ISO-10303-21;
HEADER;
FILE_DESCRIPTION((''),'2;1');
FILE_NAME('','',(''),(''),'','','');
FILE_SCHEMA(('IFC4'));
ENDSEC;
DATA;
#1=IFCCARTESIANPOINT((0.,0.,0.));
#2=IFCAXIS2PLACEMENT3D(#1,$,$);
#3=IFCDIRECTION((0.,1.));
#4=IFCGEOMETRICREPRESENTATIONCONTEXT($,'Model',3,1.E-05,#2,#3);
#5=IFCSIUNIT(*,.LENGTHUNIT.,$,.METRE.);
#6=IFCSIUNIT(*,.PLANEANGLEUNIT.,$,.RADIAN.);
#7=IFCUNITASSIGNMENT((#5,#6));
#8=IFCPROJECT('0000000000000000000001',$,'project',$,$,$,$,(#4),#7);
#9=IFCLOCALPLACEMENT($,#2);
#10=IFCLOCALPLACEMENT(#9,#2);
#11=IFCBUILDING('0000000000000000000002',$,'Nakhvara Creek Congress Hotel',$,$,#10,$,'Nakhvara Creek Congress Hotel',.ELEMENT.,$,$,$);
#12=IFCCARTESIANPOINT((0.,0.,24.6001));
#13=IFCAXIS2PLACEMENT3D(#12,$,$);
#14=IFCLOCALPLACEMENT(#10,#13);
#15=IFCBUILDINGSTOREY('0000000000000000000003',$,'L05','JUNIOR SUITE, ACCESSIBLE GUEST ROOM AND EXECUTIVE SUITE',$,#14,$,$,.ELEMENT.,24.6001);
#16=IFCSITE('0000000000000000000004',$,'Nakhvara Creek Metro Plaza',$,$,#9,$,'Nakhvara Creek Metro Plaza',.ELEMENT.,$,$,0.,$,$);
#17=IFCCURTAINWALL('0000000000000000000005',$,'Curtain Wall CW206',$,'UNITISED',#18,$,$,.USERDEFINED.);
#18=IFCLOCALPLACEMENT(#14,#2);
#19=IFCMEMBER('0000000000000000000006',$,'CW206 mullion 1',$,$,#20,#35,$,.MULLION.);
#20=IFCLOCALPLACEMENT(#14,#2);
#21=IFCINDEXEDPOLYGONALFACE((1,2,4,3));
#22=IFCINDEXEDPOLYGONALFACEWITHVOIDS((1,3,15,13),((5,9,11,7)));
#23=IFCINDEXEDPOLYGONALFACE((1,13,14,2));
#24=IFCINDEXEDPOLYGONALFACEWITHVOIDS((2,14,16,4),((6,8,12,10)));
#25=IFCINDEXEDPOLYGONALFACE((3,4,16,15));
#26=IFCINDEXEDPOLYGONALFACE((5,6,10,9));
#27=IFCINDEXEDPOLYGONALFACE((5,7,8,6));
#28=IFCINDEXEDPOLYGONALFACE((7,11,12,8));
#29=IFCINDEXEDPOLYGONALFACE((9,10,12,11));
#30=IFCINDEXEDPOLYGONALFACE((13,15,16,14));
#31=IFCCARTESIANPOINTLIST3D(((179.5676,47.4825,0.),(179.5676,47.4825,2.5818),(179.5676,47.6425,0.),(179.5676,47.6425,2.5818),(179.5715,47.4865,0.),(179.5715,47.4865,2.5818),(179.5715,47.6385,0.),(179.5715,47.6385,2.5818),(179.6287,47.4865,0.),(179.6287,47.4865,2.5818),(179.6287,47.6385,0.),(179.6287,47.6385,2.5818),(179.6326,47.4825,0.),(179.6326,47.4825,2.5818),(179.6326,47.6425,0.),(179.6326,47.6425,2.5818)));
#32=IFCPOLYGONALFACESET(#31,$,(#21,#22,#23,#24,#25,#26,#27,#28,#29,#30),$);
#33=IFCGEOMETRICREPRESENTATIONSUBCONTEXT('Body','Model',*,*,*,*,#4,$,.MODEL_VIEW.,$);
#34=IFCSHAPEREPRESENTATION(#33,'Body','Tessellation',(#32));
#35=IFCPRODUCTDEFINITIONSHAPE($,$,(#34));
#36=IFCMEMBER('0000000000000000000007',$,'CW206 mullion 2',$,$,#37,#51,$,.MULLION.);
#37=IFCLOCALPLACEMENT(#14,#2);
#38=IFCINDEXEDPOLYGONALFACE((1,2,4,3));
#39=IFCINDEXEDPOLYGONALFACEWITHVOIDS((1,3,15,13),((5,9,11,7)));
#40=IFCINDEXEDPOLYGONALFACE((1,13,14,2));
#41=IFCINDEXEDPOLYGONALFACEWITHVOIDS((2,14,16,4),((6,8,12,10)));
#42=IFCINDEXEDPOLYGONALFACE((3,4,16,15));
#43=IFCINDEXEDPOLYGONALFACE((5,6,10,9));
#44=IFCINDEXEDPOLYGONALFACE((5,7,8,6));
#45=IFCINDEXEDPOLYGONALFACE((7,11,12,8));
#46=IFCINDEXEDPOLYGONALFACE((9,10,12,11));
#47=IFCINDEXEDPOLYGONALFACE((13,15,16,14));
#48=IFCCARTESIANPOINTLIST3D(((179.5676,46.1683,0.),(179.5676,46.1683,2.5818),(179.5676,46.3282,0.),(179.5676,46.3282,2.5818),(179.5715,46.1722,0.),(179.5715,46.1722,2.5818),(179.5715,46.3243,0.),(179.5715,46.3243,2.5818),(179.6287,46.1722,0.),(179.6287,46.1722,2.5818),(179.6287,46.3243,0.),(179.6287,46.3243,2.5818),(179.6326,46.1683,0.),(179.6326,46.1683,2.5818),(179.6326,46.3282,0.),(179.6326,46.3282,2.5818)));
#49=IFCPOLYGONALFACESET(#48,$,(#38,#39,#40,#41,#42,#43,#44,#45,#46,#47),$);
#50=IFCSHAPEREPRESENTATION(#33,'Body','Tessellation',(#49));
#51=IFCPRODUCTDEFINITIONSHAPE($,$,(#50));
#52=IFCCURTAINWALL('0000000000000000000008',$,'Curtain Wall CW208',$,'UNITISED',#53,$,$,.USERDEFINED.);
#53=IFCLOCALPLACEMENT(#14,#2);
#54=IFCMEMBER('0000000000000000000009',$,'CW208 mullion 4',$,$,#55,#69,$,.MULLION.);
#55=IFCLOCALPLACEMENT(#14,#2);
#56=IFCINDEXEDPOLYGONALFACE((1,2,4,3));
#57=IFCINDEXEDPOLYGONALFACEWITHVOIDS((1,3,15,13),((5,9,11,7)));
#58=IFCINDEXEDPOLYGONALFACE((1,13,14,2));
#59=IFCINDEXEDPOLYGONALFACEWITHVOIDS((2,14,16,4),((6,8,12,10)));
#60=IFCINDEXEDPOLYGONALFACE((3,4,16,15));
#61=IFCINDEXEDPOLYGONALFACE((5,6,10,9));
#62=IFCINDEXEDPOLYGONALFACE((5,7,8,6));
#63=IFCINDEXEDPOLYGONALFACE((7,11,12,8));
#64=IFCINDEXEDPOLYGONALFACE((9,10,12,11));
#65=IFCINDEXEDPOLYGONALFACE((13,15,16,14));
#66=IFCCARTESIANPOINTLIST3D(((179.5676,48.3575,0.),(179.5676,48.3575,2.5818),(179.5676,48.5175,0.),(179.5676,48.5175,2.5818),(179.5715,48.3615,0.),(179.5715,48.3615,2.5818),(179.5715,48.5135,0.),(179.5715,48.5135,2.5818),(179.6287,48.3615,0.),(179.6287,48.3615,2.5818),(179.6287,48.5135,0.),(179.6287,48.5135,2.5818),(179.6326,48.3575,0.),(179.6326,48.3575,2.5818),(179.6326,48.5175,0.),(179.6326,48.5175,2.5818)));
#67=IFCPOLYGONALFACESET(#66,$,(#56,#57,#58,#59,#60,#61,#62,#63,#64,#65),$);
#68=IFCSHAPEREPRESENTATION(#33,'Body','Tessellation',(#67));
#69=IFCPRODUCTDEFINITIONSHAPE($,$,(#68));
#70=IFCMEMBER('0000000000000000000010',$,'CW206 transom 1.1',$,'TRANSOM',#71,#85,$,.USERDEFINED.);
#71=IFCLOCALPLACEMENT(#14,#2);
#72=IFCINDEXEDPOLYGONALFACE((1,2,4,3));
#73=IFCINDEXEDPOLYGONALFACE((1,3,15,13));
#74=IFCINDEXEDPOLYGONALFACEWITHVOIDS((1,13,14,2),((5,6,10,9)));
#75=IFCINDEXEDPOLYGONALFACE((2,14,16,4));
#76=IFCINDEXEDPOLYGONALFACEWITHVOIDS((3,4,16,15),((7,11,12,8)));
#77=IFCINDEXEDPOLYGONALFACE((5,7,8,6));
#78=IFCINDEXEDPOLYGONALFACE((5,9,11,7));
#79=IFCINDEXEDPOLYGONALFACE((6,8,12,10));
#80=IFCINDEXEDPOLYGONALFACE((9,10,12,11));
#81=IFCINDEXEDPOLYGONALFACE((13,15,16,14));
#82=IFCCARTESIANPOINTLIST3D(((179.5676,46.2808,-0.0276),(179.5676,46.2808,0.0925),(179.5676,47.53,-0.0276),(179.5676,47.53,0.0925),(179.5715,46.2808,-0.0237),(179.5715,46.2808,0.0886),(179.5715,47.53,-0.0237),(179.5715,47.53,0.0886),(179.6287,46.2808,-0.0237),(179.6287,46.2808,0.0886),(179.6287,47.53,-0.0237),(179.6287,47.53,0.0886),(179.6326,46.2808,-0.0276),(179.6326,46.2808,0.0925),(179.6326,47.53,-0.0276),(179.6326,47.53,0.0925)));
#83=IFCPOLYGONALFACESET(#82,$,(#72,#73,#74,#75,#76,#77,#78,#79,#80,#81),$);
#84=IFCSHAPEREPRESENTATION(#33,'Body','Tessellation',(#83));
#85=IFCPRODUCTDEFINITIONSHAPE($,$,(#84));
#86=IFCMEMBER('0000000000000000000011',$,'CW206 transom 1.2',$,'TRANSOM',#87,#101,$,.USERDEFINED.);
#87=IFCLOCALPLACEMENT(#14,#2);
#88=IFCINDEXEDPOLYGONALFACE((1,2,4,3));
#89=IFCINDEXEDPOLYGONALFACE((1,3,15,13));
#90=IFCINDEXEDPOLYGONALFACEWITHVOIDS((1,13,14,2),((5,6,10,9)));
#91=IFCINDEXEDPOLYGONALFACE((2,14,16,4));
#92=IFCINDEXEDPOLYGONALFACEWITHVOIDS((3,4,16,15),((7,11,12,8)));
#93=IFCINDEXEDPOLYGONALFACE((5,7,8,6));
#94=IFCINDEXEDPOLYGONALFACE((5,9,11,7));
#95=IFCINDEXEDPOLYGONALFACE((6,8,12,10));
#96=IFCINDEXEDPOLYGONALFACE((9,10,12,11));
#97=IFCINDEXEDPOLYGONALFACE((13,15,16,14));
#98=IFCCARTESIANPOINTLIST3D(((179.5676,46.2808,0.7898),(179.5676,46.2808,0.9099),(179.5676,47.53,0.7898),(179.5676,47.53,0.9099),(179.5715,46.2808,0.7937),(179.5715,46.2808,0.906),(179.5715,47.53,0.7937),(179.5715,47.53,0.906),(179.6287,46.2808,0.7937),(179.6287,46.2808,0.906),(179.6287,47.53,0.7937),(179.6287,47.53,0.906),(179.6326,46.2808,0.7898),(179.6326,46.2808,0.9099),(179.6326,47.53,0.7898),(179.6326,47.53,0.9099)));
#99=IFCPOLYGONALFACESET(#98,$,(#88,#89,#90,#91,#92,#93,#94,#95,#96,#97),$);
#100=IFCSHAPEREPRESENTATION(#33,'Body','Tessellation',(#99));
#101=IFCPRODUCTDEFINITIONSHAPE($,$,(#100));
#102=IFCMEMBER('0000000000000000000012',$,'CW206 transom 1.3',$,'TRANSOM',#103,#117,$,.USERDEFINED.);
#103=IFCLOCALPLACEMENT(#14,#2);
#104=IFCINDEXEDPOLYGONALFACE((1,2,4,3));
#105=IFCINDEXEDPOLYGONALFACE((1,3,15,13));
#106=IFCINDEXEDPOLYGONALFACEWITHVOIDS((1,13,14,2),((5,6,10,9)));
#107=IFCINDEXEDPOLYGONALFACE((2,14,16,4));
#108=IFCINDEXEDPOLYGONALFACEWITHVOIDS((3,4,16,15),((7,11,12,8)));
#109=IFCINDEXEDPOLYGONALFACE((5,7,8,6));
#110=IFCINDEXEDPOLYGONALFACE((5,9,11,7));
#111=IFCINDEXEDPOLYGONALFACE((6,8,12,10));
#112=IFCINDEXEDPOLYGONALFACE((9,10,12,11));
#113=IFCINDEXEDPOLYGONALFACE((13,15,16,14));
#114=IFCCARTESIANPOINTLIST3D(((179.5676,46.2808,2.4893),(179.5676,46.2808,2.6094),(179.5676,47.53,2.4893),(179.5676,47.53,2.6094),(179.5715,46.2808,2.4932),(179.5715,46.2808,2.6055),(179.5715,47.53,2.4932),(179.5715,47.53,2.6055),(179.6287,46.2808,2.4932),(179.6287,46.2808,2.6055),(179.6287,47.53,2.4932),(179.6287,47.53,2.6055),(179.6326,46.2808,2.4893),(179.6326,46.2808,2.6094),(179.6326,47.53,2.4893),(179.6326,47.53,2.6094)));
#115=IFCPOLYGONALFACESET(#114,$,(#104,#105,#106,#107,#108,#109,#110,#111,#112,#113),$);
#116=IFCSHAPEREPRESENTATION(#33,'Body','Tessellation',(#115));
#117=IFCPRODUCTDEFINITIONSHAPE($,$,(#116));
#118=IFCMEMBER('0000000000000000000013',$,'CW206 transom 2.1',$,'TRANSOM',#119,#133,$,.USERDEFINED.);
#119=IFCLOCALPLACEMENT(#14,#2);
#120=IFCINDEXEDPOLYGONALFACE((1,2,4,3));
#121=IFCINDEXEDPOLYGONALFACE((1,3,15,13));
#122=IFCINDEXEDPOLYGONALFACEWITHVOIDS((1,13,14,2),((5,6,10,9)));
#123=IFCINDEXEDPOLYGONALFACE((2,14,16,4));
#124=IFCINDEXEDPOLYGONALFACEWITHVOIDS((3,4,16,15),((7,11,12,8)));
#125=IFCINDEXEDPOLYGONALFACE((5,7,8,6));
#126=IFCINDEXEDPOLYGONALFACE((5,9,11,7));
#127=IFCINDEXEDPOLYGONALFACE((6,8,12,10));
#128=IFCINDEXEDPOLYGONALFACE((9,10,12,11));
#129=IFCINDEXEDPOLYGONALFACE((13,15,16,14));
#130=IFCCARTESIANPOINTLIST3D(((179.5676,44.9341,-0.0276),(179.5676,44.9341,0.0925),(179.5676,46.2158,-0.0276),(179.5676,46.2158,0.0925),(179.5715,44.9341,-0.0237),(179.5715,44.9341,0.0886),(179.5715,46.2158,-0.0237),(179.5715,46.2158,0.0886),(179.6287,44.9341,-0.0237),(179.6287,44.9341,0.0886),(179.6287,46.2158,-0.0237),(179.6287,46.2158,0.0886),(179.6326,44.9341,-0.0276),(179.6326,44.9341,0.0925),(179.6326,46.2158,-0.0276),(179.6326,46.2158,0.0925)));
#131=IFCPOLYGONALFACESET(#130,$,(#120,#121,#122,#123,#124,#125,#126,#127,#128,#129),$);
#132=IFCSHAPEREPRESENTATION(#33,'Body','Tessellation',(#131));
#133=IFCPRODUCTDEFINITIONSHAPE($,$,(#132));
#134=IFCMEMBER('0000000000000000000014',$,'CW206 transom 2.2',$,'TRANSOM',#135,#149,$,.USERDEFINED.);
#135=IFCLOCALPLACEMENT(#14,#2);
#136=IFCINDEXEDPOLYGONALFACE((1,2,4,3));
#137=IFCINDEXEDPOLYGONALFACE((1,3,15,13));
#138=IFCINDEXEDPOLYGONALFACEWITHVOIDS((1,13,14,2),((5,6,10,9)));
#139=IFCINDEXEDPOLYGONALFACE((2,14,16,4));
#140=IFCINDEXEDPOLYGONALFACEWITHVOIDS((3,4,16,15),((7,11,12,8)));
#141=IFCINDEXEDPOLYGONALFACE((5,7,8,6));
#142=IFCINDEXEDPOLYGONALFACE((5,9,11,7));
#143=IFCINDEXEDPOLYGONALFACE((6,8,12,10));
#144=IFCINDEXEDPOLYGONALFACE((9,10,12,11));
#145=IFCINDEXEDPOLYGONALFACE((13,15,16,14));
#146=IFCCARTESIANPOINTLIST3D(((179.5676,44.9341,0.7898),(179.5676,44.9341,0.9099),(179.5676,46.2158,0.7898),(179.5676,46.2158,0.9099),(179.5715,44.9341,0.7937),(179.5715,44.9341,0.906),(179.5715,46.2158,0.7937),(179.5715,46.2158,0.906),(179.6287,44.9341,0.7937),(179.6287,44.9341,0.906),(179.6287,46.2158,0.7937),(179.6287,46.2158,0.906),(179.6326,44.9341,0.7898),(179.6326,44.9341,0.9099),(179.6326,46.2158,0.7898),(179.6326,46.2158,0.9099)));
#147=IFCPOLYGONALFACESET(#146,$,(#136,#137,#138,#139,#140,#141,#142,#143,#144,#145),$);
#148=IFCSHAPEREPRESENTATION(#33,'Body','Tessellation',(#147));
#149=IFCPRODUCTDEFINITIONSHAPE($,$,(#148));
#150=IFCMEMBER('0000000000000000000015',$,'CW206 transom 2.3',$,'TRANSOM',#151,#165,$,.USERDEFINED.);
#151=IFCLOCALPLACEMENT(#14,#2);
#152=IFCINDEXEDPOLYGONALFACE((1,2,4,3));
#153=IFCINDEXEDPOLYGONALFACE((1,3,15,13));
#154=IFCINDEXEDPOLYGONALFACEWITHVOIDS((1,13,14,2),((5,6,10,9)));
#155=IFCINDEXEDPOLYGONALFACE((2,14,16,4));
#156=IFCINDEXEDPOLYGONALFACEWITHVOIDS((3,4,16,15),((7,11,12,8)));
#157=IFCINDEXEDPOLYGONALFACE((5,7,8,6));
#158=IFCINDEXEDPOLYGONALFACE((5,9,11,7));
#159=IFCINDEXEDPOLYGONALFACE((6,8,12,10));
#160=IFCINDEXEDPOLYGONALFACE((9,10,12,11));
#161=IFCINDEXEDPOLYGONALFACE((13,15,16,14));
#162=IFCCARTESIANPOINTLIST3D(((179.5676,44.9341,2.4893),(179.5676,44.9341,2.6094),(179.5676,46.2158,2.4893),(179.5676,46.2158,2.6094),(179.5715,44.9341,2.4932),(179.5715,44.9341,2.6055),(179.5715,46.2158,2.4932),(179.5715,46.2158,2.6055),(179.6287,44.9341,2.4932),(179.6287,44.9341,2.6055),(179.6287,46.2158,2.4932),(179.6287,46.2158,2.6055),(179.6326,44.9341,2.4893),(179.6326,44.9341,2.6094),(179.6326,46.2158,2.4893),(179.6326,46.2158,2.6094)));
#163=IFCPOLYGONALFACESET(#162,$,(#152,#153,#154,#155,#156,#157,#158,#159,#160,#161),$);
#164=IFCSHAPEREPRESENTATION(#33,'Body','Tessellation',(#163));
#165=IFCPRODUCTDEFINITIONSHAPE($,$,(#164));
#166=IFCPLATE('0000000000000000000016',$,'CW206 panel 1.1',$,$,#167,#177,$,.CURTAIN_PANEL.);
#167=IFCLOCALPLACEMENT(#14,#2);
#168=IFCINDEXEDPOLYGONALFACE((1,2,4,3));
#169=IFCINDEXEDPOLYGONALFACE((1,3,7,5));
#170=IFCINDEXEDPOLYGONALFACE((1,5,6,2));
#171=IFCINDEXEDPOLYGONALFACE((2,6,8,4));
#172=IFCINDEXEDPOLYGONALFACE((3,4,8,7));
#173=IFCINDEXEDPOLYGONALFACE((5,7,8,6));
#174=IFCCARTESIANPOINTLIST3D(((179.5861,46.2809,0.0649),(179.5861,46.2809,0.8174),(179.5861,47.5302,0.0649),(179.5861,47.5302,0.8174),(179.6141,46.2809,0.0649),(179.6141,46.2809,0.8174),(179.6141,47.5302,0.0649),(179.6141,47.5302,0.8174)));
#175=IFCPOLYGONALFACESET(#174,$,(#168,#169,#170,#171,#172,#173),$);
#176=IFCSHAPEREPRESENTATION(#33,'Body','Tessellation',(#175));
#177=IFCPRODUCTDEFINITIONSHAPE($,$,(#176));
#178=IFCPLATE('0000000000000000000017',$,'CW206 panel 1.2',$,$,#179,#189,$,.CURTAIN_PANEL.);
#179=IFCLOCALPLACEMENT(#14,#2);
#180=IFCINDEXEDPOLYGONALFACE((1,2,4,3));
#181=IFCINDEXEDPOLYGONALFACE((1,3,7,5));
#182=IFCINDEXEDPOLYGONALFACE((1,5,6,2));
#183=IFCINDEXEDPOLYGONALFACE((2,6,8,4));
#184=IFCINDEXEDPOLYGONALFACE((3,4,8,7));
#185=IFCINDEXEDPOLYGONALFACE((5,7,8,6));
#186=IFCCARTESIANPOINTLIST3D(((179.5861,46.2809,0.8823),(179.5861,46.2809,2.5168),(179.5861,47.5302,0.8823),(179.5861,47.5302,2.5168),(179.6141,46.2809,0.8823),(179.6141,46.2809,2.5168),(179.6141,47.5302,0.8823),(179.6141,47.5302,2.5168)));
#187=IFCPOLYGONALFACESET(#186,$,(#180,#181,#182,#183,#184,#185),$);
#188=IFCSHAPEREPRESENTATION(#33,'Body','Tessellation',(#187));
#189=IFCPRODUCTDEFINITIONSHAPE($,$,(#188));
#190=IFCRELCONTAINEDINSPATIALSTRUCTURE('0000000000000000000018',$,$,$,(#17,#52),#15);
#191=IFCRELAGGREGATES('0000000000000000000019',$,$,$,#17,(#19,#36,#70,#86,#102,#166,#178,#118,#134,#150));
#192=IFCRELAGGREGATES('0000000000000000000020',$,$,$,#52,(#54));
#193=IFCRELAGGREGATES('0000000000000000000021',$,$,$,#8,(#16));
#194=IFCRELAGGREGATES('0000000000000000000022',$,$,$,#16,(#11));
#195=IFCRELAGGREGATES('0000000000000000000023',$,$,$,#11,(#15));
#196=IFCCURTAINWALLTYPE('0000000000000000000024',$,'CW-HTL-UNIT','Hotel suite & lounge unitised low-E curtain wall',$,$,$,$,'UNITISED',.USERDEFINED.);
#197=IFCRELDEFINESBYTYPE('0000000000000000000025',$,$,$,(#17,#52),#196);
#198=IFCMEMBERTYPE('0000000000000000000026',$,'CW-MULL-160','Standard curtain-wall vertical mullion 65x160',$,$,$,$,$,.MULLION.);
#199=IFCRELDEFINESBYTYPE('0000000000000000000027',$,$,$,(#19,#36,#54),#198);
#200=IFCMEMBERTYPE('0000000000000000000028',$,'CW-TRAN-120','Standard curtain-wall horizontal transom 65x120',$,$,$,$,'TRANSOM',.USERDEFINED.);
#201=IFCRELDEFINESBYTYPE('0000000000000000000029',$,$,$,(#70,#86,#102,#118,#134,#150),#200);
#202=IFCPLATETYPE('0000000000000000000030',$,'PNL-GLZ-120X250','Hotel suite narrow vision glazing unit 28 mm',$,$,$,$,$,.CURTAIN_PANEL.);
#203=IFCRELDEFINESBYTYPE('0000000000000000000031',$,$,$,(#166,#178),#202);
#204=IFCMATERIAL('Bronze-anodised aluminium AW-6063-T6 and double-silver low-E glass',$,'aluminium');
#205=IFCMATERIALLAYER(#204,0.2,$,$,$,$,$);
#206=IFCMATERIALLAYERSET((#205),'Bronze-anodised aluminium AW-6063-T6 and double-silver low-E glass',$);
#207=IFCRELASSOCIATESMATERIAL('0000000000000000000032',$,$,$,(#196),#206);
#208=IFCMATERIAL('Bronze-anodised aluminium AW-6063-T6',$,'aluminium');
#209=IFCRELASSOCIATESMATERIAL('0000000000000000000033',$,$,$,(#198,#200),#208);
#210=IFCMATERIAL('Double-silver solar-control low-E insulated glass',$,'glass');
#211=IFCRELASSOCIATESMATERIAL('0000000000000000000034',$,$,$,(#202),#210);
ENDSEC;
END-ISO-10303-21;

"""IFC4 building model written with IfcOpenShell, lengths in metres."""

from ifc_helpers import new_model, si_unit, direction, frame, origin, origin_2d, place, context, subcontext, project, spatial, rectangle, hollow_rectangle, extrude, material, layer, layer_set, material_profile, profile_set, type_object, element, aggregate, save


model = new_model("IFC4")

# Units and contexts
model_context = context("Model", 3, precision=1e-05, world=origin(), true_north=direction((0.0, 1.0)))
body_context = subcontext(model_context, "Body", "Model", "MODEL_VIEW")
ifc_project = project(units=[si_unit("LENGTHUNIT", "METRE"), si_unit("PLANEANGLEUNIT", "RADIAN")], contexts=[model_context])

# Site, building, storey
site_placement = place(None, origin())
site = spatial("IfcSite", under=ifc_project, at=site_placement, Name="Nakhvara Creek Metro Plaza", LongName="Nakhvara Creek Metro Plaza", CompositionType="ELEMENT", RefElevation=0.0)
building_placement = place(site_placement, origin())
building = spatial("IfcBuilding", under=site, at=building_placement, Name="Nakhvara Creek Congress Hotel", LongName="Nakhvara Creek Congress Hotel", CompositionType="ELEMENT")
storey_placement = place(building_placement, frame((0.0, 0.0, 24.6001)))
storey = spatial("IfcBuildingStorey", under=building, at=storey_placement, Name="L05", Description="JUNIOR SUITE, ACCESSIBLE GUEST ROOM AND EXECUTIVE SUITE", CompositionType="ELEMENT", Elevation=24.6001)

# Curtain wall, members
ifc_material_1 = material(Name="Bronze-anodised aluminium AW-6063-T6 and double-silver low-E glass", Category="aluminium")
ifc_layer_1 = layer(ifc_material_1, 0.2)
ifc_layer_set_1 = layer_set([ifc_layer_1], Name="Bronze-anodised aluminium AW-6063-T6 and double-silver low-E glass")
curtain_wall_type = type_object("IfcCurtainWallType", Name="CW-HTL-UNIT", Description="Hotel suite & lounge unitised low-E curtain wall", ElementType="UNITISED", PredefinedType="USERDEFINED", material=ifc_layer_set_1)
curtain_wall_1_placement = place(storey_placement, origin())
curtain_wall_1 = element("IfcCurtainWall", 1, at=curtain_wall_1_placement, inside=storey, type_object=curtain_wall_type, Name="Curtain Wall CW206", ObjectType="UNITISED", PredefinedType="USERDEFINED")
ifc_material_2 = material(Name="Bronze-anodised aluminium AW-6063-T6", Category="aluminium")
ifc_material_profile_1 = material_profile(ifc_material_2, hollow_rectangle(XDim=0.0649, YDim=0.1599, WallThickness=0.0039, at=origin_2d()), Name="ALU-MULL 65x160x4", Category="LoadBearing")
ifc_profile_set_1 = profile_set([ifc_material_profile_1], Name="Bronze-anodised aluminium AW-6063-T6")
member_type_1 = type_object("IfcMemberType", Name="CW-MULL-160", Description="Standard curtain-wall vertical mullion 65x160", PredefinedType="MULLION", material=ifc_profile_set_1)
member_1_placement = place(storey_placement, frame((179.6001, 47.5625, 0.0), z_axis=(0.0, 0.0, 1.0), x_axis=(1.0, 0.0, 0.0)))
member_1 = element("IfcMember", 2, at=member_1_placement, type_object=member_type_1, Name="CW206 mullion 1", PredefinedType="MULLION", context=body_context, shape_type="SweptSolid", body=[
    extrude(hollow_rectangle(XDim=0.0649, YDim=0.1599, WallThickness=0.0039, at=origin_2d()), origin(), (0.0, 0.0, 1.0), 2.5818),
])
member_2_placement = place(storey_placement, frame((179.6001, 46.2483, 0.0), z_axis=(0.0, 0.0, 1.0), x_axis=(1.0, 0.0, 0.0)))
member_2 = element("IfcMember", 3, at=member_2_placement, type_object=member_type_1, Name="CW206 mullion 2", PredefinedType="MULLION", context=body_context, shape_type="SweptSolid", body=[
    extrude(hollow_rectangle(XDim=0.0649, YDim=0.1599, WallThickness=0.0039, at=origin_2d()), origin(), (0.0, 0.0, 1.0), 2.5818),
])

# Curtain wall, member
curtain_wall_2_placement = place(storey_placement, origin())
curtain_wall_2 = element("IfcCurtainWall", 4, at=curtain_wall_2_placement, inside=storey, type_object=curtain_wall_type, Name="Curtain Wall CW208", ObjectType="UNITISED", PredefinedType="USERDEFINED")
member_3_placement = place(storey_placement, frame((179.6001, 48.4375, 0.0), z_axis=(0.0, 0.0, 1.0), x_axis=(1.0, 0.0, 0.0)))
member_3 = element("IfcMember", 5, at=member_3_placement, type_object=member_type_1, Name="CW208 mullion 4", PredefinedType="MULLION", context=body_context, shape_type="SweptSolid", body=[
    extrude(hollow_rectangle(XDim=0.0649, YDim=0.1599, WallThickness=0.0039, at=origin_2d()), origin(), (0.0, 0.0, 1.0), 2.5818),
])

# Members
ifc_material_profile_2 = material_profile(ifc_material_2, hollow_rectangle(XDim=0.0649, YDim=0.1201, WallThickness=0.0039, at=origin_2d()), Name="ALU-TRAN 65x120x4", Category="LoadBearing")
ifc_profile_set_2 = profile_set([ifc_material_profile_2], Name="Bronze-anodised aluminium AW-6063-T6")
member_type_2 = type_object("IfcMemberType", Name="CW-TRAN-120", Description="Standard curtain-wall horizontal transom 65x120", ElementType="TRANSOM", PredefinedType="USERDEFINED", material=ifc_profile_set_2)
member_4_placement = place(storey_placement, frame((179.6001, 47.53, 0.0325), z_axis=(0.0, -1.0, 0.0), x_axis=(1.0, 0.0, 0.0)))
member_4 = element("IfcMember", 6, at=member_4_placement, type_object=member_type_2, Name="CW206 transom 1.1", ObjectType="TRANSOM", PredefinedType="USERDEFINED", context=body_context, shape_type="SweptSolid", body=[
    extrude(hollow_rectangle(XDim=0.0649, YDim=0.1201, WallThickness=0.0039, at=origin_2d()), origin(), (0.0, 0.0, 1.0), 1.2493),
])
member_5_placement = place(storey_placement, frame((179.6001, 47.53, 0.8499), z_axis=(0.0, -1.0, 0.0), x_axis=(1.0, 0.0, 0.0)))
member_5 = element("IfcMember", 7, at=member_5_placement, type_object=member_type_2, Name="CW206 transom 1.2", ObjectType="TRANSOM", PredefinedType="USERDEFINED", context=body_context, shape_type="SweptSolid", body=[
    extrude(hollow_rectangle(XDim=0.0649, YDim=0.1201, WallThickness=0.0039, at=origin_2d()), origin(), (0.0, 0.0, 1.0), 1.2493),
])
member_6_placement = place(storey_placement, frame((179.6001, 47.53, 2.5493), z_axis=(0.0, -1.0, 0.0), x_axis=(1.0, 0.0, 0.0)))
member_6 = element("IfcMember", 8, at=member_6_placement, type_object=member_type_2, Name="CW206 transom 1.3", ObjectType="TRANSOM", PredefinedType="USERDEFINED", context=body_context, shape_type="SweptSolid", body=[
    extrude(hollow_rectangle(XDim=0.0649, YDim=0.1201, WallThickness=0.0039, at=origin_2d()), origin(), (0.0, 0.0, 1.0), 1.2493),
])
member_7_placement = place(storey_placement, frame((179.6001, 46.2158, 0.0325), z_axis=(0.0, -1.0, 0.0), x_axis=(1.0, 0.0, 0.0)))
member_7 = element("IfcMember", 9, at=member_7_placement, type_object=member_type_2, Name="CW206 transom 2.1", ObjectType="TRANSOM", PredefinedType="USERDEFINED", context=body_context, shape_type="SweptSolid", body=[
    extrude(hollow_rectangle(XDim=0.0649, YDim=0.1201, WallThickness=0.0039, at=origin_2d()), origin(), (0.0, 0.0, 1.0), 1.2817),
])
member_8_placement = place(storey_placement, frame((179.6001, 46.2158, 0.8499), z_axis=(0.0, -1.0, 0.0), x_axis=(1.0, 0.0, 0.0)))
member_8 = element("IfcMember", 10, at=member_8_placement, type_object=member_type_2, Name="CW206 transom 2.2", ObjectType="TRANSOM", PredefinedType="USERDEFINED", context=body_context, shape_type="SweptSolid", body=[
    extrude(hollow_rectangle(XDim=0.0649, YDim=0.1201, WallThickness=0.0039, at=origin_2d()), origin(), (0.0, 0.0, 1.0), 1.2817),
])
member_9_placement = place(storey_placement, frame((179.6001, 46.2158, 2.5493), z_axis=(0.0, -1.0, 0.0), x_axis=(1.0, 0.0, 0.0)))
member_9 = element("IfcMember", 11, at=member_9_placement, type_object=member_type_2, Name="CW206 transom 2.3", ObjectType="TRANSOM", PredefinedType="USERDEFINED", context=body_context, shape_type="SweptSolid", body=[
    extrude(hollow_rectangle(XDim=0.0649, YDim=0.1201, WallThickness=0.0039, at=origin_2d()), origin(), (0.0, 0.0, 1.0), 1.2817),
])

# Plates
ifc_material_3 = material(Name="Double-silver solar-control low-E insulated glass", Category="glass")
plate_type = type_object("IfcPlateType", Name="PNL-GLZ-120X250", Description="Hotel suite narrow vision glazing unit 28 mm", PredefinedType="CURTAIN_PANEL", material=ifc_material_3)
plate_1_placement = place(storey_placement, frame((179.6001, 46.9055, 0.0649), z_axis=(0.0, 0.0, 1.0), x_axis=(0.0, -1.0, 0.0)))
plate_1 = element("IfcPlate", 12, at=plate_1_placement, type_object=plate_type, Name="CW206 panel 1.1", PredefinedType="CURTAIN_PANEL", context=body_context, shape_type="SweptSolid", body=[
    extrude(rectangle(XDim=1.2493, YDim=0.0281, at=origin_2d()), origin(), (0.0, 0.0, 1.0), 0.7524),
])
plate_2_placement = place(storey_placement, frame((179.6001, 46.9055, 0.8823), z_axis=(0.0, 0.0, 1.0), x_axis=(0.0, -1.0, 0.0)))
plate_2 = element("IfcPlate", 13, at=plate_2_placement, type_object=plate_type, Name="CW206 panel 1.2", PredefinedType="CURTAIN_PANEL", context=body_context, shape_type="SweptSolid", body=[
    extrude(rectangle(XDim=1.2493, YDim=0.0281, at=origin_2d()), origin(), (0.0, 0.0, 1.0), 1.6345),
])
aggregate(curtain_wall_1, [member_1, member_2, member_4, member_5, member_6, plate_1, plate_2, member_7, member_8, member_9])
aggregate(curtain_wall_2, [member_3])

save(model, "model.ifc")
